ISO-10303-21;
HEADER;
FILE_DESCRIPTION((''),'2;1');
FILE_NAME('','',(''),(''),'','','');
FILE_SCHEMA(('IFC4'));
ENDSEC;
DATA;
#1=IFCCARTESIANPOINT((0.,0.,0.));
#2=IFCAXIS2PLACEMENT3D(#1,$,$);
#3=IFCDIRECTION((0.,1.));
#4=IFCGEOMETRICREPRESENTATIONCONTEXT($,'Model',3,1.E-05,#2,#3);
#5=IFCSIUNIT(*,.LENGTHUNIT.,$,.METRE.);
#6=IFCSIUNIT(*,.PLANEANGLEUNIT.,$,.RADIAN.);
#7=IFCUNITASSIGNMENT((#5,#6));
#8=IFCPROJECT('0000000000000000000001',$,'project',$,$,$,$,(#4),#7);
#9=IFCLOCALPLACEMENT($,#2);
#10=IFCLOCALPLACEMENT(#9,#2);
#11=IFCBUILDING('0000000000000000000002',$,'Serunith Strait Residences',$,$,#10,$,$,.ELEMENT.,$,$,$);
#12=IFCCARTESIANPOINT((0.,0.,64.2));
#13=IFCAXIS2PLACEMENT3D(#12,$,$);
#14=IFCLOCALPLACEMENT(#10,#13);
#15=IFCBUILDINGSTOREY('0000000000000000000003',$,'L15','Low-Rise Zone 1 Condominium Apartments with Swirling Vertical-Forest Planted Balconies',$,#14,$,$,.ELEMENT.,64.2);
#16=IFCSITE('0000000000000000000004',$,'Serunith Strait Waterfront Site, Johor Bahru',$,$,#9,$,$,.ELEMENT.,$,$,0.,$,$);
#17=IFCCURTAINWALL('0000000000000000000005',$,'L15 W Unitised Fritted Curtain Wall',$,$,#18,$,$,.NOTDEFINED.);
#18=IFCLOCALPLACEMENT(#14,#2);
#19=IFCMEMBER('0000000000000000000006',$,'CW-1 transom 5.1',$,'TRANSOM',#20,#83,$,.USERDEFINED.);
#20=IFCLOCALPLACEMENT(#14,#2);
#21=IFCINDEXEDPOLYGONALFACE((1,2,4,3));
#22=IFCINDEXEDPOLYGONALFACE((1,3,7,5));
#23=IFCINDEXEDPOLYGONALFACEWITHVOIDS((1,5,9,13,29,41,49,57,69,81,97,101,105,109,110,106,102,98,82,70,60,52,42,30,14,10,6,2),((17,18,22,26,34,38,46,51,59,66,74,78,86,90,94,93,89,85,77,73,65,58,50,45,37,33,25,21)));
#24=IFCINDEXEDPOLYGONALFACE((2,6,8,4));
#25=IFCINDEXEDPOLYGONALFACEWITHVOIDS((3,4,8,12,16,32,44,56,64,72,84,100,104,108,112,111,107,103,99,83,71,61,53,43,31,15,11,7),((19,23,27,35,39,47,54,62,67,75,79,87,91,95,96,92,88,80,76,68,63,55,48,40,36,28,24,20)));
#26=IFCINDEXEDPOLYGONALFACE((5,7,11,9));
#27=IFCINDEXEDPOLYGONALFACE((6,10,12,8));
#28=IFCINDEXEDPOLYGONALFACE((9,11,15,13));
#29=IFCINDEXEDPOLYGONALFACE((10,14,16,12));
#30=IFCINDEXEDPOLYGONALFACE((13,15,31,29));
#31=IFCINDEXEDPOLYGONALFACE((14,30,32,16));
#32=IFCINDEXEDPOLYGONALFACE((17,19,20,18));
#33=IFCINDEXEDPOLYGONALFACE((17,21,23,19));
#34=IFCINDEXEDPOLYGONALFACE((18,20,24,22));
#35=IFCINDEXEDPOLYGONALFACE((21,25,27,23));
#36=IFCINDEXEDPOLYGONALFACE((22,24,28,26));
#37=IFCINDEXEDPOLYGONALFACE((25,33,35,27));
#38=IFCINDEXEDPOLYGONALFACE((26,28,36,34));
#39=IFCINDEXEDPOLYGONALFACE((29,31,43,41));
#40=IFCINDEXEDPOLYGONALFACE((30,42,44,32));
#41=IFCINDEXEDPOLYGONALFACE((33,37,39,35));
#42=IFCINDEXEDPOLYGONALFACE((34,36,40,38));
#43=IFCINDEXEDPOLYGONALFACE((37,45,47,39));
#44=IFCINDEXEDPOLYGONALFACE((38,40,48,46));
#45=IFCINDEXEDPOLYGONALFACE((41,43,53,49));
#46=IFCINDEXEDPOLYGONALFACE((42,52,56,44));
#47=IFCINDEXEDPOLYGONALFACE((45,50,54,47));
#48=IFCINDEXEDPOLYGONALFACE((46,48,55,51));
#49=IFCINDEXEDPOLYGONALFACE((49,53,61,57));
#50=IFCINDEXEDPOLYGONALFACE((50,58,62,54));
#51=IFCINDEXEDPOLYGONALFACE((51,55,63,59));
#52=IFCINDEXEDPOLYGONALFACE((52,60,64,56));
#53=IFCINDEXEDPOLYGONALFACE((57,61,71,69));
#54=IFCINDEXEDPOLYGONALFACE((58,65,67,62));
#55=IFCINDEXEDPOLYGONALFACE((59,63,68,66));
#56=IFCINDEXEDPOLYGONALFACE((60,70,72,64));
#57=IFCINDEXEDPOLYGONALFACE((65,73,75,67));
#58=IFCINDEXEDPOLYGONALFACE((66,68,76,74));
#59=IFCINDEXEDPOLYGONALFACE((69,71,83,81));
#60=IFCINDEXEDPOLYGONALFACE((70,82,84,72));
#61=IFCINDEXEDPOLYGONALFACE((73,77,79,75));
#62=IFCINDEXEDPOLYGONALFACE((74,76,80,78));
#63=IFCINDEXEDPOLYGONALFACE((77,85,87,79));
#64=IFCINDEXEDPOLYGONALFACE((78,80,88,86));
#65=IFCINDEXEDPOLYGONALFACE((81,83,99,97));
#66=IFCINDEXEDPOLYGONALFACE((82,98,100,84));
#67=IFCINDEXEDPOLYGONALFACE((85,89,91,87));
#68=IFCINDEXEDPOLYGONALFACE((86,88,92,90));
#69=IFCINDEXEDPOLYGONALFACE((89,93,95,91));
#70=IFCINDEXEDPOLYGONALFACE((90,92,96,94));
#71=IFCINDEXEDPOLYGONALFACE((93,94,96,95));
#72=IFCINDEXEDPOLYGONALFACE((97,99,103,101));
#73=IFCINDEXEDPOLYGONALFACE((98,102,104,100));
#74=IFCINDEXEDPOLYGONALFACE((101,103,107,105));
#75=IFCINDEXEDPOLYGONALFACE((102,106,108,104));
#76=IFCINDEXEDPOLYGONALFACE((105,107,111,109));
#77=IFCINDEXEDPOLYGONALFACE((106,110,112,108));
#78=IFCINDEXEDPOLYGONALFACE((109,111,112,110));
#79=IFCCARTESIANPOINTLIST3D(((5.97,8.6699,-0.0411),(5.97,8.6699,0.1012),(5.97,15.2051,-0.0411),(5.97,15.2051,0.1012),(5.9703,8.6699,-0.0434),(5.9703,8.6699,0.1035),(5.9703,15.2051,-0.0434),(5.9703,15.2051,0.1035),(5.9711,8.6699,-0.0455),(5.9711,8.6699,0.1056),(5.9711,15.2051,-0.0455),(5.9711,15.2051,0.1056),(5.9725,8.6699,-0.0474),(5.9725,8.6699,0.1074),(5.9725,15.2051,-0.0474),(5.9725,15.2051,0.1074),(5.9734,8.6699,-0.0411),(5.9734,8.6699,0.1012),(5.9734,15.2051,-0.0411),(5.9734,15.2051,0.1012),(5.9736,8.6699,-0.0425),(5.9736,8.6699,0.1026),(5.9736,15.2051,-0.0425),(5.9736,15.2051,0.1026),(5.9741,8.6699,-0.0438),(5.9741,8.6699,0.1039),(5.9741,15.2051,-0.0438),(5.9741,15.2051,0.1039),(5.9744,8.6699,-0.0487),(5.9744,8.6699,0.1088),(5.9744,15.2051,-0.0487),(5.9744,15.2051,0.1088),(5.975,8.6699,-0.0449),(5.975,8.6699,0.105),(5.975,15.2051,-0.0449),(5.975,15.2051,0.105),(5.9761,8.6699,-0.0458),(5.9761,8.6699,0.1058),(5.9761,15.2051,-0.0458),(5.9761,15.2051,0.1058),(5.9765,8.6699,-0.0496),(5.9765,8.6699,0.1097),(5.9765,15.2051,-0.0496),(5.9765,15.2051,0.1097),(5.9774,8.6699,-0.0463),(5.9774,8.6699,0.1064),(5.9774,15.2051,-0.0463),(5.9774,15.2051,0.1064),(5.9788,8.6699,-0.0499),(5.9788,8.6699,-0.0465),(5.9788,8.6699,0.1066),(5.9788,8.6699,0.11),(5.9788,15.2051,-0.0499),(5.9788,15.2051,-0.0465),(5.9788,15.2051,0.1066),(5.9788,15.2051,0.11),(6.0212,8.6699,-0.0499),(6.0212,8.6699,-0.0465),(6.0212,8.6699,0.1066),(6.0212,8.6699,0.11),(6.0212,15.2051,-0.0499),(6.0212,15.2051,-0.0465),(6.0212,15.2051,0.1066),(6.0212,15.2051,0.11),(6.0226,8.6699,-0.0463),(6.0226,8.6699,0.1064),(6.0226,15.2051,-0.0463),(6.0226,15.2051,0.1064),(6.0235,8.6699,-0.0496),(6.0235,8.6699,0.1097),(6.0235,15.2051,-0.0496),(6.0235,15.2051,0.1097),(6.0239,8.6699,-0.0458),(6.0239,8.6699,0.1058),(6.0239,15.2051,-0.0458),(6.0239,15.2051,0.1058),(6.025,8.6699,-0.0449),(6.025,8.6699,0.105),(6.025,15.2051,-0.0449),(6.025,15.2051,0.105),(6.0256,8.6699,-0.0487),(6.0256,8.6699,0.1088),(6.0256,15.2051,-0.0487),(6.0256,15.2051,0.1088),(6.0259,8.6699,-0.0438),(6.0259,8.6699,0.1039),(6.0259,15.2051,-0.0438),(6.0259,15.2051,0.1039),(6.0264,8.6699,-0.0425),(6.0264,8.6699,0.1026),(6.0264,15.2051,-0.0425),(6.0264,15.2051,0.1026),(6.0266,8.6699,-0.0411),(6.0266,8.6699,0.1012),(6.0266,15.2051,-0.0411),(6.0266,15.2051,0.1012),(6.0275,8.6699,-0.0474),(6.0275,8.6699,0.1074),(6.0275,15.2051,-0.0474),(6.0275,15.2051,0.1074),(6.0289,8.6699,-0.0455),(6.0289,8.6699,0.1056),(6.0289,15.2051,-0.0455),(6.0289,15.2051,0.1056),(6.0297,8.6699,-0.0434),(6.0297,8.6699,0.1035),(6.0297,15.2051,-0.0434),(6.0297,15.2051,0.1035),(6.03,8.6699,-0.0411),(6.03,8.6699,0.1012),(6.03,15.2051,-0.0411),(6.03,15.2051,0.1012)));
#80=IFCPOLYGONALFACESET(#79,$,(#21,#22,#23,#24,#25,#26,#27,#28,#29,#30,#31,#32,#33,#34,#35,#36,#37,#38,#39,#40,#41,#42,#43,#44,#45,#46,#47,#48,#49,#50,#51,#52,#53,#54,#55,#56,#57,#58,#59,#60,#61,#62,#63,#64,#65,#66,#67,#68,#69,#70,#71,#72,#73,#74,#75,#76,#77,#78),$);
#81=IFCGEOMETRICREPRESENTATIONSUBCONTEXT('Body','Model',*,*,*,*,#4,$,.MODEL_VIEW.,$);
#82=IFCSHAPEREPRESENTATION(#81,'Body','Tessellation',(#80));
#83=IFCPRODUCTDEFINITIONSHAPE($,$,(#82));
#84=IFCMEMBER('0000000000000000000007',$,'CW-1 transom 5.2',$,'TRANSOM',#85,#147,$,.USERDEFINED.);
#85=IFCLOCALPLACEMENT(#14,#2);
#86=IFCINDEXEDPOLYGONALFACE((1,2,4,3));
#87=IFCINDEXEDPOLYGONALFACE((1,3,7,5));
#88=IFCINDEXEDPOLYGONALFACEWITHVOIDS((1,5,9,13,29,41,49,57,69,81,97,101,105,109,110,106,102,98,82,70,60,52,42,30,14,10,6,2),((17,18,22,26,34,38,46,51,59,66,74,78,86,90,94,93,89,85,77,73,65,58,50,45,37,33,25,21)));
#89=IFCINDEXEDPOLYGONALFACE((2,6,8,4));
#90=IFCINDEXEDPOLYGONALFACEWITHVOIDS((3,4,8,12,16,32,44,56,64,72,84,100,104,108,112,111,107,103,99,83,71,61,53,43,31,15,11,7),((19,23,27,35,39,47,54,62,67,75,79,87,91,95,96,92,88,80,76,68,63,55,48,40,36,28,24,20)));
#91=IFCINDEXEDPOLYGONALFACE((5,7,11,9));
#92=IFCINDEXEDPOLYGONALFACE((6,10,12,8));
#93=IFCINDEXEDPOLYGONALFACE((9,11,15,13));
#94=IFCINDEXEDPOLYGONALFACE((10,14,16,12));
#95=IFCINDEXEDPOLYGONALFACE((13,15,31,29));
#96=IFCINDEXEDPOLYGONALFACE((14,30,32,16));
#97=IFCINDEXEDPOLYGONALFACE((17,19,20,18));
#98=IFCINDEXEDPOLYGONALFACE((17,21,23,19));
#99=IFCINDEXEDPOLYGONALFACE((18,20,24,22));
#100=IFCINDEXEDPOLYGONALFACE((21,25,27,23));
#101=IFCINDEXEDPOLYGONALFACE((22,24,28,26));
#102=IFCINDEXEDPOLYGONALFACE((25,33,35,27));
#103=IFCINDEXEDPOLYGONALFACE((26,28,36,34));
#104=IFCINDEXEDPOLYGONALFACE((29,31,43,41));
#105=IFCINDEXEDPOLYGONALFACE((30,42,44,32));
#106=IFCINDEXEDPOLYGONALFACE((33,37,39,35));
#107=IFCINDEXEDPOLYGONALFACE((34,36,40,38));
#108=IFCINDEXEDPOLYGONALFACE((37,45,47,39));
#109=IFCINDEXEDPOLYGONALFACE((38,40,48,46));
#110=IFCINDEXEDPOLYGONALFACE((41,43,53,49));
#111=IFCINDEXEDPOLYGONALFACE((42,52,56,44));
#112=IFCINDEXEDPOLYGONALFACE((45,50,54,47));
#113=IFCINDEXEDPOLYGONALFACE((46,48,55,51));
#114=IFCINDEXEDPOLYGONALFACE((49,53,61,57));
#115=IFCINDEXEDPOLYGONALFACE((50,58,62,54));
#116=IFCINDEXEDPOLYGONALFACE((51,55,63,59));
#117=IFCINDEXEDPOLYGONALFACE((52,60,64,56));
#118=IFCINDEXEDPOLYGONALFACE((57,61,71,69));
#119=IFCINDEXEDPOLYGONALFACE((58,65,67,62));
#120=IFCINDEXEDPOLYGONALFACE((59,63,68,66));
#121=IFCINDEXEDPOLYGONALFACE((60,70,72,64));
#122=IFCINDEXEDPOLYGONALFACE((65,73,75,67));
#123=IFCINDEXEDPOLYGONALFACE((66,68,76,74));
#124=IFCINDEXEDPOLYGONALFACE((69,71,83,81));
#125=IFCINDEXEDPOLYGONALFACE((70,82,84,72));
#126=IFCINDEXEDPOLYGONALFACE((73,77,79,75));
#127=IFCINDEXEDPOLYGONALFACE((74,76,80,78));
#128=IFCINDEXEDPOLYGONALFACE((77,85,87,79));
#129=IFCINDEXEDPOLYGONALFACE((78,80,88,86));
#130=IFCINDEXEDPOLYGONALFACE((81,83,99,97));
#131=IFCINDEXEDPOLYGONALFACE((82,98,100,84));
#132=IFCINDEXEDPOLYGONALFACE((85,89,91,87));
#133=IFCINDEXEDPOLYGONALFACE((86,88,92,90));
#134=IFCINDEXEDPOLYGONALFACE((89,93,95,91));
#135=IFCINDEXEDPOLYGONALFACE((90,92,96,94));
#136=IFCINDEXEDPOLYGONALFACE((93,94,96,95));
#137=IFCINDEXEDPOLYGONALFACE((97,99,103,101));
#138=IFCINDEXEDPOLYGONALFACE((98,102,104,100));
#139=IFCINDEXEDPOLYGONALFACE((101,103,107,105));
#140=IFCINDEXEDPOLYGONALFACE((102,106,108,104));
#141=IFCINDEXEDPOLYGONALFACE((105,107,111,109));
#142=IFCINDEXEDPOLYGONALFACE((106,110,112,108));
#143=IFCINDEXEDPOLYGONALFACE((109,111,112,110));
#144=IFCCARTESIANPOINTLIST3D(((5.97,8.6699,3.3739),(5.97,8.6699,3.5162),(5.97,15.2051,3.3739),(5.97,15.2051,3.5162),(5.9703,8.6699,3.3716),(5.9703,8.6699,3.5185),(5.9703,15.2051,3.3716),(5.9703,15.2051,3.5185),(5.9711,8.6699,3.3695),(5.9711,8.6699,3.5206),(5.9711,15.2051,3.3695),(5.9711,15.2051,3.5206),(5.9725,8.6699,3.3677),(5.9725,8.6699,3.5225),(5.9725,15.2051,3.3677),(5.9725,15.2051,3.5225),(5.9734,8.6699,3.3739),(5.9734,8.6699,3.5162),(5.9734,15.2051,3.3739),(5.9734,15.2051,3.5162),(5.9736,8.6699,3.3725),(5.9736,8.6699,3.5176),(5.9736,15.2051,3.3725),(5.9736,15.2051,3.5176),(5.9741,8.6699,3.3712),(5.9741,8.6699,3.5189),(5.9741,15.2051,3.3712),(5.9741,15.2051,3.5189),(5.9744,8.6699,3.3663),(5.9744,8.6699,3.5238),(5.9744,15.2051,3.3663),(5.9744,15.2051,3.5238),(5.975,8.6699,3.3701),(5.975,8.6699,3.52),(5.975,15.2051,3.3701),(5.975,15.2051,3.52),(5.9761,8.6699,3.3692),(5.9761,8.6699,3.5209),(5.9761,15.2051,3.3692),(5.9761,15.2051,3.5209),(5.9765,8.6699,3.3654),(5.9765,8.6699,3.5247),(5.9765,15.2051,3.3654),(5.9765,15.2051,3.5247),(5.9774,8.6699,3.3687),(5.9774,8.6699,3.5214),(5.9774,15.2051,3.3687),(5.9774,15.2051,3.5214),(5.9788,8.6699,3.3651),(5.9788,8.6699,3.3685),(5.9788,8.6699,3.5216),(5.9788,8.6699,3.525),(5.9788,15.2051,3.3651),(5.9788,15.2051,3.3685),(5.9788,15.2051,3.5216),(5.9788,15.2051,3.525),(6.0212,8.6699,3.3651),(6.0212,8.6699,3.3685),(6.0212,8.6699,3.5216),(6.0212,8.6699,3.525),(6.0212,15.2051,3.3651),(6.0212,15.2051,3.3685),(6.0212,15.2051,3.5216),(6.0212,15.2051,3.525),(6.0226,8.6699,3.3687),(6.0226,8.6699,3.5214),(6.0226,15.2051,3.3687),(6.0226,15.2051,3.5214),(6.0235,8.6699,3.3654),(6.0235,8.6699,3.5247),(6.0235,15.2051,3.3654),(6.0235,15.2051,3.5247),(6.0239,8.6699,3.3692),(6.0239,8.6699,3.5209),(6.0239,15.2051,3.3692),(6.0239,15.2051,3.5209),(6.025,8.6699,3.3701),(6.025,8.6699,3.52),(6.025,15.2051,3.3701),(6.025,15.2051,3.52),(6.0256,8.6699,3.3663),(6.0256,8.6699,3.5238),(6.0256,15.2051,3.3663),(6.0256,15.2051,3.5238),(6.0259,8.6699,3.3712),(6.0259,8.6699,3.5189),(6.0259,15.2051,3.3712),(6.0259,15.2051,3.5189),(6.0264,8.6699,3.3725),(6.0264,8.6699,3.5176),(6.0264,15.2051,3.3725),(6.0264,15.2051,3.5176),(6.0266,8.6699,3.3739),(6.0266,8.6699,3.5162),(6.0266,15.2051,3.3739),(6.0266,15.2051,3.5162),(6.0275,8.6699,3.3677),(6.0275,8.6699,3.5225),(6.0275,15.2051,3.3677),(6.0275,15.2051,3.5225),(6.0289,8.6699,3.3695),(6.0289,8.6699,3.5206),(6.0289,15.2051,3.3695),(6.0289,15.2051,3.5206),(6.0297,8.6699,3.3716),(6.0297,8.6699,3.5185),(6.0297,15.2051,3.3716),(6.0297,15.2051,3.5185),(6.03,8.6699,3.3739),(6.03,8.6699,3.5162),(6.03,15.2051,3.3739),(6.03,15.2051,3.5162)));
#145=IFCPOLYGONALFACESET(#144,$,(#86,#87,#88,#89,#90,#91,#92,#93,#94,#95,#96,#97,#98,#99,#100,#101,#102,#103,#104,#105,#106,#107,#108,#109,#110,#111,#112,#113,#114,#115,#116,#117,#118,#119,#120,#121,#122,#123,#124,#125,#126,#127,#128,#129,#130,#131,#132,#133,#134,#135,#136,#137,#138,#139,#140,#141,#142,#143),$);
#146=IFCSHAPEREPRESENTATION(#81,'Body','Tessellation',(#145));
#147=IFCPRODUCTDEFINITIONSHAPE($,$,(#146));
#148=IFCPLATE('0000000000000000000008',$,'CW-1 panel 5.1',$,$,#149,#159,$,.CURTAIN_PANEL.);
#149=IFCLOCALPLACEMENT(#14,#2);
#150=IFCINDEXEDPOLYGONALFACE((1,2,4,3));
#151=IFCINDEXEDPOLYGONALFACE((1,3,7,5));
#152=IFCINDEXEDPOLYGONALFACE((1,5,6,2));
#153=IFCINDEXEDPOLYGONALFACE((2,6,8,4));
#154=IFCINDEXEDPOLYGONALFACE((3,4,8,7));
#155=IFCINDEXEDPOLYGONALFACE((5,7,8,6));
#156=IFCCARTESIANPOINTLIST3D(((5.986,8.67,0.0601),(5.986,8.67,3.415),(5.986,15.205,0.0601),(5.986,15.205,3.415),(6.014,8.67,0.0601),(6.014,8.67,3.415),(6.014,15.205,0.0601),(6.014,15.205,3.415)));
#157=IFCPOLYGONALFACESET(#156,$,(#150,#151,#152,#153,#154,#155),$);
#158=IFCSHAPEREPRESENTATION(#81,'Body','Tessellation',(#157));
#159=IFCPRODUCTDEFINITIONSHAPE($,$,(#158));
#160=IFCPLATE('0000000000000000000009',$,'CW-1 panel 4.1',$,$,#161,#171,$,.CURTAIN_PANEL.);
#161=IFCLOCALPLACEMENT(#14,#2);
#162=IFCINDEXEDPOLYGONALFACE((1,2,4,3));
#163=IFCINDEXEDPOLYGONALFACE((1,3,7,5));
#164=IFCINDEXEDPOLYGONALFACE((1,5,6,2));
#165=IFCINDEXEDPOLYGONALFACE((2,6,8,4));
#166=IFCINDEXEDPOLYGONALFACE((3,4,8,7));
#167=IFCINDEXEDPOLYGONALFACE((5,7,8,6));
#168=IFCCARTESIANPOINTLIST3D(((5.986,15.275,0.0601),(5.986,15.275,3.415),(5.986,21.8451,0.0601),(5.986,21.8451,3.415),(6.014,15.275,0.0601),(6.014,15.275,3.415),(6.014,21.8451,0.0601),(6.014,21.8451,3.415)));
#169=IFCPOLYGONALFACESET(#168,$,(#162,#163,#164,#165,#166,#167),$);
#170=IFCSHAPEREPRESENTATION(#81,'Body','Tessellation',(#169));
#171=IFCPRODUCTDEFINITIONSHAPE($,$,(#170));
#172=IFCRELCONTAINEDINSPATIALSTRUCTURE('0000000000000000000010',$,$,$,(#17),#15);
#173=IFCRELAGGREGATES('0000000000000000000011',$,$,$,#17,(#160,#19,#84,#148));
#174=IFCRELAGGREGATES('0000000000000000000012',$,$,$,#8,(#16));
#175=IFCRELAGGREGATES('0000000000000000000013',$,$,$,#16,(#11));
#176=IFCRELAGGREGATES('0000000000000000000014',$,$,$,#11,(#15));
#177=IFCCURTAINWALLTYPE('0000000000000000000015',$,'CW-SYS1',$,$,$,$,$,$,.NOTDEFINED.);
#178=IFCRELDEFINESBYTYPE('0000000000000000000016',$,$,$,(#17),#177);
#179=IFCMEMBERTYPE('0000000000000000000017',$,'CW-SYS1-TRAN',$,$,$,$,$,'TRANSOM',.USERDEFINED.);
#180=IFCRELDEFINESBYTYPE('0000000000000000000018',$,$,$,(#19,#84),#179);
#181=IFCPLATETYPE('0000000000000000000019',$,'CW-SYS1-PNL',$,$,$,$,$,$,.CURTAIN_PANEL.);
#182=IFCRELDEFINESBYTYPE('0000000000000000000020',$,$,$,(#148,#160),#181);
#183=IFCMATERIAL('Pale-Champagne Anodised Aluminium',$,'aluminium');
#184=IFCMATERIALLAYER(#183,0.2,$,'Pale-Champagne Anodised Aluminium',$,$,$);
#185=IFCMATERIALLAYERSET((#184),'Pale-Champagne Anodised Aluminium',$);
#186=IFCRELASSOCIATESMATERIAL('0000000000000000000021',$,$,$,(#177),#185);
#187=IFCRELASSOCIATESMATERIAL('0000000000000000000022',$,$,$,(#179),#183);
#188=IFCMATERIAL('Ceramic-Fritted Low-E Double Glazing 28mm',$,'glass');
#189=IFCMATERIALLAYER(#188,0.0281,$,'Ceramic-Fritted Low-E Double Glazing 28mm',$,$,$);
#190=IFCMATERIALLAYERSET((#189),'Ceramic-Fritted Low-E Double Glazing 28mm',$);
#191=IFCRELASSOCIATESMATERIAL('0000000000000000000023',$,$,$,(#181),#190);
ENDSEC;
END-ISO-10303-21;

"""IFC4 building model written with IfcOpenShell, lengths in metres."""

from ifc_helpers import new_model, si_unit, direction, frame, origin, origin_2d, place, context, subcontext, project, spatial, rectangle, hollow_rectangle, extrude, source, transform, mapped, material, layer, layer_set, material_profile, profile_set, type_object, element, aggregate, save


model = new_model("IFC4")

# Units and contexts
model_context = context("Model", 3, precision=1e-05, world=origin(), true_north=direction((0.0, 1.0)))
body_context = subcontext(model_context, "Body", "Model", "MODEL_VIEW")
ifc_project = project(units=[si_unit("LENGTHUNIT", "METRE"), si_unit("PLANEANGLEUNIT", "RADIAN")], contexts=[model_context])

# Site, building, storey
site_placement = place(None, origin())
site = spatial("IfcSite", under=ifc_project, at=site_placement, Name="Serunith Strait Waterfront Site, Johor Bahru", CompositionType="ELEMENT", RefElevation=0.0)
building_placement = place(site_placement, origin())
building = spatial("IfcBuilding", under=site, at=building_placement, Name="Serunith Strait Residences", CompositionType="ELEMENT")
storey_placement = place(building_placement, frame((0.0, 0.0, 64.2)))
storey = spatial("IfcBuildingStorey", under=building, at=storey_placement, Name="L15", Description="Low-Rise Zone 1 Condominium Apartments with Swirling Vertical-Forest Planted Balconies", CompositionType="ELEMENT", Elevation=64.2)

# Curtain wall, members, plates
ifc_material_1 = material(Name="Pale-Champagne Anodised Aluminium", Category="aluminium")
ifc_layer_1 = layer(ifc_material_1, 0.2, Name="Pale-Champagne Anodised Aluminium")
ifc_layer_set_1 = layer_set([ifc_layer_1], Name="Pale-Champagne Anodised Aluminium")
curtain_wall_type = type_object("IfcCurtainWallType", Name="CW-SYS1", PredefinedType="NOTDEFINED", material=ifc_layer_set_1)
curtain_wall_placement = place(storey_placement, origin())
curtain_wall = element("IfcCurtainWall", 1, at=curtain_wall_placement, inside=storey, type_object=curtain_wall_type, Name="L15 W Unitised Fritted Curtain Wall", PredefinedType="NOTDEFINED")
ifc_material_profile_1 = material_profile(ifc_material_1, hollow_rectangle(XDim=0.0601, YDim=0.1599, WallThickness=0.0034, InnerFilletRadius=0.0054, OuterFilletRadius=0.0088, at=origin_2d()), Name="ALU 160x60x3.5")
ifc_profile_set_1 = profile_set([ifc_material_profile_1], Name="Pale-Champagne Anodised Aluminium")
member_type_1 = type_object("IfcMemberType", Name="CW-SYS1-TRAN", ElementType="TRANSOM", PredefinedType="USERDEFINED", material=ifc_profile_set_1)
shared_shape_1 = source(origin(), body_context, "Body", "SweptSolid", [
    extrude(hollow_rectangle(XDim=0.0601, YDim=0.1599, WallThickness=0.0034, InnerFilletRadius=0.0054, OuterFilletRadius=0.0088, at=origin_2d()), origin(), (0.0, 0.0, 1.0), 6.5352),
])
member_1_placement = place(storey_placement, frame((6.0, 15.2051, 0.03), z_axis=(0.0, -1.0, 0.0), x_axis=(1.0, 0.0, 0.0)))
member_1 = element("IfcMember", 2, at=member_1_placement, type_object=member_type_1, Name="CW-1 transom 5.1", ObjectType="TRANSOM", PredefinedType="USERDEFINED", context=body_context, shape_type="MappedRepresentation", body=[
    mapped(shared_shape_1, transform((0.0, 0.0, 0.0), scale=1.0)),
])
member_2_placement = place(storey_placement, frame((6.0, 15.2051, 3.4451), z_axis=(0.0, -1.0, 0.0), x_axis=(1.0, 0.0, 0.0)))
member_2 = element("IfcMember", 3, at=member_2_placement, type_object=member_type_1, Name="CW-1 transom 5.2", ObjectType="TRANSOM", PredefinedType="USERDEFINED", context=body_context, shape_type="MappedRepresentation", body=[
    mapped(shared_shape_1, transform((0.0, 0.0, 0.0), scale=1.0)),
])
ifc_material_2 = material(Name="Ceramic-Fritted Low-E Double Glazing 28mm", Category="glass")
ifc_layer_2 = layer(ifc_material_2, 0.0281, Name="Ceramic-Fritted Low-E Double Glazing 28mm")
ifc_layer_set_2 = layer_set([ifc_layer_2], Name="Ceramic-Fritted Low-E Double Glazing 28mm")
plate_type = type_object("IfcPlateType", Name="CW-SYS1-PNL", PredefinedType="CURTAIN_PANEL", material=ifc_layer_set_2)
shared_shape_2 = source(origin(), body_context, "Body", "SweptSolid", [
    extrude(rectangle(XDim=6.5349, YDim=0.0281, at=origin_2d()), origin(), (0.0, 0.0, 1.0), 3.355),
])
plate_1_placement = place(storey_placement, frame((6.0, 11.9375, 0.0601), z_axis=(0.0, 0.0, 1.0), x_axis=(0.0, -1.0, 0.0)))
plate_1 = element("IfcPlate", 4, at=plate_1_placement, type_object=plate_type, Name="CW-1 panel 5.1", PredefinedType="CURTAIN_PANEL", context=body_context, shape_type="MappedRepresentation", body=[
    mapped(shared_shape_2, transform((0.0, 0.0, 0.0), scale=1.0)),
])
shared_shape_3 = source(origin(), body_context, "Body", "SweptSolid", [
    extrude(rectangle(XDim=6.5701, YDim=0.0281, at=origin_2d()), origin(), (0.0, 0.0, 1.0), 3.355),
])
plate_2_placement = place(storey_placement, frame((6.0, 18.5601, 0.0601), z_axis=(0.0, 0.0, 1.0), x_axis=(0.0, -1.0, 0.0)))
plate_2 = element("IfcPlate", 5, at=plate_2_placement, type_object=plate_type, Name="CW-1 panel 4.1", PredefinedType="CURTAIN_PANEL", context=body_context, shape_type="MappedRepresentation", body=[
    mapped(shared_shape_3, transform((0.0, 0.0, 0.0), scale=1.0)),
])
aggregate(curtain_wall, [plate_2, member_1, member_2, plate_1])

save(model, "model.ifc")
